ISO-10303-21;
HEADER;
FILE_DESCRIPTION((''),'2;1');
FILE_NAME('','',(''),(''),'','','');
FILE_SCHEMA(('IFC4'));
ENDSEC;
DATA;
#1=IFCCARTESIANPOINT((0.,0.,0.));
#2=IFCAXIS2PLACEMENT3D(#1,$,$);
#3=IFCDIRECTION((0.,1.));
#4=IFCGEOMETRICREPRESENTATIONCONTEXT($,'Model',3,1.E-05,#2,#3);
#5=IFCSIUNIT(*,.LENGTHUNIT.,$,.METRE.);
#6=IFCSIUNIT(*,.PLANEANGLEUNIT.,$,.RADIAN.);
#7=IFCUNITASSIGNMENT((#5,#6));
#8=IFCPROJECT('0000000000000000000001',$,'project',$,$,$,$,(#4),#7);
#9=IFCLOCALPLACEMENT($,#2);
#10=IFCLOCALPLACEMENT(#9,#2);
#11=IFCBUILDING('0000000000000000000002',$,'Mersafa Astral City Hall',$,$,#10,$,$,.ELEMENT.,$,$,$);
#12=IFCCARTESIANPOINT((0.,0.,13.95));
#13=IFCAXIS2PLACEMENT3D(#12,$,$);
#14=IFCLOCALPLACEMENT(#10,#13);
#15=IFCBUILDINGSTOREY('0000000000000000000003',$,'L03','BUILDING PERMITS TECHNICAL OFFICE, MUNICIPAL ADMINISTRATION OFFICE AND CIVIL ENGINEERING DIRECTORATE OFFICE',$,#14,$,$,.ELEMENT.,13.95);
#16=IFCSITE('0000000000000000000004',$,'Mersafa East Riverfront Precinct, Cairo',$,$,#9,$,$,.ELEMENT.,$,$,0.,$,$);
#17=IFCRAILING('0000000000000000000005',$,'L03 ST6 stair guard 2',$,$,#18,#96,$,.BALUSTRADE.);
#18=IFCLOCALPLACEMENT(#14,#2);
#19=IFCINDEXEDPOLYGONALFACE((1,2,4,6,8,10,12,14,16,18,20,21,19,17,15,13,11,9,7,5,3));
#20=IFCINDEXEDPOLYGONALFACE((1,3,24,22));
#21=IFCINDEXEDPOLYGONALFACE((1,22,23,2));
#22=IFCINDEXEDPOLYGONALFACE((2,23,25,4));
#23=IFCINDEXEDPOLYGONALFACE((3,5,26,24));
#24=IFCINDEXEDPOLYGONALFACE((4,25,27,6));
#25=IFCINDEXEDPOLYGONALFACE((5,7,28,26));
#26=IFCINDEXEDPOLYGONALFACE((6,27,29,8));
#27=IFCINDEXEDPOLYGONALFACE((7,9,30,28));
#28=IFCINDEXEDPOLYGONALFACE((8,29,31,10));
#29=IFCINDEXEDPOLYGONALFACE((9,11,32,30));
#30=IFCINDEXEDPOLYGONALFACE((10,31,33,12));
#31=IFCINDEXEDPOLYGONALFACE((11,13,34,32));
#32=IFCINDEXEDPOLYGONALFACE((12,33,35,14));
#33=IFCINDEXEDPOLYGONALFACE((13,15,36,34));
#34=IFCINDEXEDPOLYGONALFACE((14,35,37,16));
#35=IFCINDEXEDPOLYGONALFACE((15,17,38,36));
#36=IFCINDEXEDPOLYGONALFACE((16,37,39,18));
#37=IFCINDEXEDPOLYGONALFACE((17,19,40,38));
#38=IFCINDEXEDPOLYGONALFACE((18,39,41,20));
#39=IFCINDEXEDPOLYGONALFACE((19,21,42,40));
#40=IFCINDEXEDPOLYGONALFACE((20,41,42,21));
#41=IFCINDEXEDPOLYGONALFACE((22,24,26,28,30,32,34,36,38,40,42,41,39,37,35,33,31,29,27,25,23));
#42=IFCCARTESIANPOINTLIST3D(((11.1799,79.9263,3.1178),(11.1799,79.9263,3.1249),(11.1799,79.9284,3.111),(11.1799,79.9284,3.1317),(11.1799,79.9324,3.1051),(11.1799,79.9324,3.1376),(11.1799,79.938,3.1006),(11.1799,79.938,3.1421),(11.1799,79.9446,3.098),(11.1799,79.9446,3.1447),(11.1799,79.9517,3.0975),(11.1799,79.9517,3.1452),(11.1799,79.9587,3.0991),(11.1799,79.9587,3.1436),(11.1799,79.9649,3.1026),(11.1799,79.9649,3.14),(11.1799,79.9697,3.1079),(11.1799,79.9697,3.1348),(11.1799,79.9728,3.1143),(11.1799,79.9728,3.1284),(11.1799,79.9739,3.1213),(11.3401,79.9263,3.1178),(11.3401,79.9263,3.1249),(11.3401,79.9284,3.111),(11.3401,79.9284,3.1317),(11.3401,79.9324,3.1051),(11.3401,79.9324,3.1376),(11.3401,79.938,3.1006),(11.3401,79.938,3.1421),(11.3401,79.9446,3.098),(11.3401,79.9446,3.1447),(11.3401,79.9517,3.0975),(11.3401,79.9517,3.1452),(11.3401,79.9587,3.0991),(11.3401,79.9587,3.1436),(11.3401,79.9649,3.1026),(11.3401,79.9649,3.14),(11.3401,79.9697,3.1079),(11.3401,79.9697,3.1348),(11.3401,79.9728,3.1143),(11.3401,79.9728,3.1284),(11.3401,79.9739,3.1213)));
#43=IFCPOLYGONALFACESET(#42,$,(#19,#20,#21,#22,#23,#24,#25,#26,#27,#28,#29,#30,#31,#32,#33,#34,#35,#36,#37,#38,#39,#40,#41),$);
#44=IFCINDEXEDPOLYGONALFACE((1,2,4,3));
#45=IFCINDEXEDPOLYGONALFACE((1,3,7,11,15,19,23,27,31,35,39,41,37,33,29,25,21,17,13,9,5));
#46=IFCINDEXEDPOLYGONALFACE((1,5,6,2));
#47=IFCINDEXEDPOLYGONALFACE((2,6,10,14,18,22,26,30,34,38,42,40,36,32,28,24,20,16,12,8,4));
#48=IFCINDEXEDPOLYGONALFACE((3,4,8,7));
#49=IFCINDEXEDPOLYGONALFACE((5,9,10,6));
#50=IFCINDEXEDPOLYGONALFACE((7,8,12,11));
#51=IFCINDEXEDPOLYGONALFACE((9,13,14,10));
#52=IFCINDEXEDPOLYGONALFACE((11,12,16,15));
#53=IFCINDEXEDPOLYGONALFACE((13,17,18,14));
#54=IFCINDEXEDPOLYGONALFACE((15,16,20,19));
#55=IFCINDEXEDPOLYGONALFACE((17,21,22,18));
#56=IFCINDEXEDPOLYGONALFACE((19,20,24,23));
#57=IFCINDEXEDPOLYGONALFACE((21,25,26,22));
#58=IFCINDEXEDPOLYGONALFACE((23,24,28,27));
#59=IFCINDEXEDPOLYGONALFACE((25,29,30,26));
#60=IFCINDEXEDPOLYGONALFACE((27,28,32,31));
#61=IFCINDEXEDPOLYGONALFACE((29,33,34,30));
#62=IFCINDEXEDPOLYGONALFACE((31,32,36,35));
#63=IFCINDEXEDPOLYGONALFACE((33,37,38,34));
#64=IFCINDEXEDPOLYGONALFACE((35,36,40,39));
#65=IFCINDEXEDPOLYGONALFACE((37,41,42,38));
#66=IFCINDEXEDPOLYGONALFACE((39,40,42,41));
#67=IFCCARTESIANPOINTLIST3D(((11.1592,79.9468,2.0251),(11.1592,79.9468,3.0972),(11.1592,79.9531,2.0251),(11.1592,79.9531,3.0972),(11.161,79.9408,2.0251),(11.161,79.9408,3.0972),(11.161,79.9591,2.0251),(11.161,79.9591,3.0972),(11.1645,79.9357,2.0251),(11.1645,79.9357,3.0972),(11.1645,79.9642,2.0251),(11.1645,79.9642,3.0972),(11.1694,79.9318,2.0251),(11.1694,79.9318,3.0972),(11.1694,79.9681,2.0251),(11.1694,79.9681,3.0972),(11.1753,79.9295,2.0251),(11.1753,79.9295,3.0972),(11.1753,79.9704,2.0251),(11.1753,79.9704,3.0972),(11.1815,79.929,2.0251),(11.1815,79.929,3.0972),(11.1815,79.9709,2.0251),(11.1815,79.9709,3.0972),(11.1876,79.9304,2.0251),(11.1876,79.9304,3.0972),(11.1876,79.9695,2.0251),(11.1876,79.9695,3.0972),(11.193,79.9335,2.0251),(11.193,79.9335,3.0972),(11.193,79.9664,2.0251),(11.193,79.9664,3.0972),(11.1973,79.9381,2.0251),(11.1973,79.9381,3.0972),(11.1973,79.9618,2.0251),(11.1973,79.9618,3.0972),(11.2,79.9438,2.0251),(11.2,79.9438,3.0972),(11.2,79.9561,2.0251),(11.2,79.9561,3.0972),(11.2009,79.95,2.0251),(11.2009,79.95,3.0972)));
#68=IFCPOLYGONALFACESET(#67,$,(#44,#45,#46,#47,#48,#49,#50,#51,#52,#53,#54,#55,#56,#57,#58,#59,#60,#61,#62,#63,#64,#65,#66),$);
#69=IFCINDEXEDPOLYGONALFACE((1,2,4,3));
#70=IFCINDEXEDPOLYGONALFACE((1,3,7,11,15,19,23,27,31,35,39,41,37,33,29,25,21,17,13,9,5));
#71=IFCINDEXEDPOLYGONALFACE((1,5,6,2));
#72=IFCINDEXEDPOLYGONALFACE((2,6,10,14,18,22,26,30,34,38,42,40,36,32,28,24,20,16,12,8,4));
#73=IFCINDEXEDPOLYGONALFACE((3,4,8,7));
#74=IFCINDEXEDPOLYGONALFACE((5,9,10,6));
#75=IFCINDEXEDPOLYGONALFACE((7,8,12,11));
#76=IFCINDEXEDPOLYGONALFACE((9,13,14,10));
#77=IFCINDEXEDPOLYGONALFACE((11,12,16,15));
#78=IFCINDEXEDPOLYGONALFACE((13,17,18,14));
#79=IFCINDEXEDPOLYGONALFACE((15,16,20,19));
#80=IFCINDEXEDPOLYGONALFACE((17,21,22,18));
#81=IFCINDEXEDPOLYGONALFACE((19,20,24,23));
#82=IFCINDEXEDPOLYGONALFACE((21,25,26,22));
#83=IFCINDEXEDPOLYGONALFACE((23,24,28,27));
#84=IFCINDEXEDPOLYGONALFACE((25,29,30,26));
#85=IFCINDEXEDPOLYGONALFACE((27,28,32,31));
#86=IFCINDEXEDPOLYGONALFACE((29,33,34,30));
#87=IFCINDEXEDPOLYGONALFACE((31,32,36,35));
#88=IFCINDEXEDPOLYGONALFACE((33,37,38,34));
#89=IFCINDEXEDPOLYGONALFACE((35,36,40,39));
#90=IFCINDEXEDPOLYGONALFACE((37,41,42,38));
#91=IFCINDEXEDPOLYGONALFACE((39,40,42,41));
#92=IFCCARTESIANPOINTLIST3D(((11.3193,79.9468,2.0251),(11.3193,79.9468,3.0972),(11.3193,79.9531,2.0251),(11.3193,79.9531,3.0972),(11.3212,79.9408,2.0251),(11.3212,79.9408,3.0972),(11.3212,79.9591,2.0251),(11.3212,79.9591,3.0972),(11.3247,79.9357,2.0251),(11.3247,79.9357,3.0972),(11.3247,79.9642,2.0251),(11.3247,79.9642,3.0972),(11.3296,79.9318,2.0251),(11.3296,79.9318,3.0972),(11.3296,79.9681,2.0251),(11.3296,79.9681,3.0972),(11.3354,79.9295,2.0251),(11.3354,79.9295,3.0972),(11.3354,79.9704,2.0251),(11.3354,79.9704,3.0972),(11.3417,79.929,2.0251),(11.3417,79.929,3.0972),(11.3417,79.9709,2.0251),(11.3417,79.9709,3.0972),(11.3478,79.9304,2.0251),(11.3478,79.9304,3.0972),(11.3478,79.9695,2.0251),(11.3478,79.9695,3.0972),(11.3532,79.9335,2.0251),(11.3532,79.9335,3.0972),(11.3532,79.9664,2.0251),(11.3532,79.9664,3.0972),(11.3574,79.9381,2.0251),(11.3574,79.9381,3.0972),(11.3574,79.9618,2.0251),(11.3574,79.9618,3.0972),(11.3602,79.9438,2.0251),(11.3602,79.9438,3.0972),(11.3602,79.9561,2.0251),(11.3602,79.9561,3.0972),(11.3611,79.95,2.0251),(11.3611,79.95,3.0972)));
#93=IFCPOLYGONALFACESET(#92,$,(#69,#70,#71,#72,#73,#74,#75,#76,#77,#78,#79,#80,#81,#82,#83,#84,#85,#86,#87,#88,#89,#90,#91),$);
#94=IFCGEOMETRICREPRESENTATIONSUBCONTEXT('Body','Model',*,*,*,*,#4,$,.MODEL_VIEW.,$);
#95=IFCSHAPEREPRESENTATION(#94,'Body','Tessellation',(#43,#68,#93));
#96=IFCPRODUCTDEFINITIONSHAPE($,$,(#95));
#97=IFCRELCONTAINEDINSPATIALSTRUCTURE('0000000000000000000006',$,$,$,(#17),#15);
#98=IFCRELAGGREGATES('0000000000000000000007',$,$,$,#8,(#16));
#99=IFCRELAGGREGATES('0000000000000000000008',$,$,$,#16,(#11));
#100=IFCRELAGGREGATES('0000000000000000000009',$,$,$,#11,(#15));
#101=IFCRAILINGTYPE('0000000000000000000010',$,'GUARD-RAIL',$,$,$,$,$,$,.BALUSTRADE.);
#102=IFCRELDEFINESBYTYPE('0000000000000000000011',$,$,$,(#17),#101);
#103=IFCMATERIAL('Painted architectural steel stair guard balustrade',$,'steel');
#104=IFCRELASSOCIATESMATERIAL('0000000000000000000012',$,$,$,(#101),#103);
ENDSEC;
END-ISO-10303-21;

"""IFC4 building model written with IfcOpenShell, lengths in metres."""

from ifc_helpers import new_model, si_unit, direction, frame, origin, origin_2d, place, context, subcontext, project, spatial, circle, extrude, material, type_object, element, save


model = new_model("IFC4")

# Units and contexts
model_context = context("Model", 3, precision=1e-05, world=origin(), true_north=direction((0.0, 1.0)))
body_context = subcontext(model_context, "Body", "Model", "MODEL_VIEW")
ifc_project = project(units=[si_unit("LENGTHUNIT", "METRE"), si_unit("PLANEANGLEUNIT", "RADIAN")], contexts=[model_context])

# Site, building, storey
site_placement = place(None, origin())
site = spatial("IfcSite", under=ifc_project, at=site_placement, Name="Mersafa East Riverfront Precinct, Cairo", CompositionType="ELEMENT", RefElevation=0.0)
building_placement = place(site_placement, origin())
building = spatial("IfcBuilding", under=site, at=building_placement, Name="Mersafa Astral City Hall", CompositionType="ELEMENT")
storey_placement = place(building_placement, frame((0.0, 0.0, 13.95)))
storey = spatial("IfcBuildingStorey", under=building, at=storey_placement, Name="L03", Description="BUILDING PERMITS TECHNICAL OFFICE, MUNICIPAL ADMINISTRATION OFFICE AND CIVIL ENGINEERING DIRECTORATE OFFICE", CompositionType="ELEMENT", Elevation=13.95)

# Railing
ifc_material_1 = material(Name="Painted architectural steel stair guard balustrade", Category="steel")
railing_type_1 = type_object("IfcRailingType", Name="GUARD-RAIL", PredefinedType="BALUSTRADE", material=ifc_material_1)
railing_1_placement = place(storey_placement, frame((11.1799, 79.95, 2.0251)))
element("IfcRailing", 1, at=railing_1_placement, inside=storey, type_object=railing_type_1, Name="L03 ST6 stair guard 2", PredefinedType="BALUSTRADE", context=body_context, shape_type="SweptSolid", body=[
    extrude(circle(Radius=0.0239, at=origin_2d()), frame((0.0, 0.0, 1.0962), z_axis=(1.0, 0.0, 0.0), x_axis=(0.0, 1.0, 0.0)), (0.0, 0.0, 1.0), 0.1602),
    extrude(circle(Radius=0.021, at=origin_2d()), origin(), (0.0, 0.0, 1.0), 1.072),
    extrude(circle(Radius=0.021, at=origin_2d()), frame((0.1602, 0.0, 0.0)), (0.0, 0.0, 1.0), 1.072),
])

save(model, "model.ifc")
